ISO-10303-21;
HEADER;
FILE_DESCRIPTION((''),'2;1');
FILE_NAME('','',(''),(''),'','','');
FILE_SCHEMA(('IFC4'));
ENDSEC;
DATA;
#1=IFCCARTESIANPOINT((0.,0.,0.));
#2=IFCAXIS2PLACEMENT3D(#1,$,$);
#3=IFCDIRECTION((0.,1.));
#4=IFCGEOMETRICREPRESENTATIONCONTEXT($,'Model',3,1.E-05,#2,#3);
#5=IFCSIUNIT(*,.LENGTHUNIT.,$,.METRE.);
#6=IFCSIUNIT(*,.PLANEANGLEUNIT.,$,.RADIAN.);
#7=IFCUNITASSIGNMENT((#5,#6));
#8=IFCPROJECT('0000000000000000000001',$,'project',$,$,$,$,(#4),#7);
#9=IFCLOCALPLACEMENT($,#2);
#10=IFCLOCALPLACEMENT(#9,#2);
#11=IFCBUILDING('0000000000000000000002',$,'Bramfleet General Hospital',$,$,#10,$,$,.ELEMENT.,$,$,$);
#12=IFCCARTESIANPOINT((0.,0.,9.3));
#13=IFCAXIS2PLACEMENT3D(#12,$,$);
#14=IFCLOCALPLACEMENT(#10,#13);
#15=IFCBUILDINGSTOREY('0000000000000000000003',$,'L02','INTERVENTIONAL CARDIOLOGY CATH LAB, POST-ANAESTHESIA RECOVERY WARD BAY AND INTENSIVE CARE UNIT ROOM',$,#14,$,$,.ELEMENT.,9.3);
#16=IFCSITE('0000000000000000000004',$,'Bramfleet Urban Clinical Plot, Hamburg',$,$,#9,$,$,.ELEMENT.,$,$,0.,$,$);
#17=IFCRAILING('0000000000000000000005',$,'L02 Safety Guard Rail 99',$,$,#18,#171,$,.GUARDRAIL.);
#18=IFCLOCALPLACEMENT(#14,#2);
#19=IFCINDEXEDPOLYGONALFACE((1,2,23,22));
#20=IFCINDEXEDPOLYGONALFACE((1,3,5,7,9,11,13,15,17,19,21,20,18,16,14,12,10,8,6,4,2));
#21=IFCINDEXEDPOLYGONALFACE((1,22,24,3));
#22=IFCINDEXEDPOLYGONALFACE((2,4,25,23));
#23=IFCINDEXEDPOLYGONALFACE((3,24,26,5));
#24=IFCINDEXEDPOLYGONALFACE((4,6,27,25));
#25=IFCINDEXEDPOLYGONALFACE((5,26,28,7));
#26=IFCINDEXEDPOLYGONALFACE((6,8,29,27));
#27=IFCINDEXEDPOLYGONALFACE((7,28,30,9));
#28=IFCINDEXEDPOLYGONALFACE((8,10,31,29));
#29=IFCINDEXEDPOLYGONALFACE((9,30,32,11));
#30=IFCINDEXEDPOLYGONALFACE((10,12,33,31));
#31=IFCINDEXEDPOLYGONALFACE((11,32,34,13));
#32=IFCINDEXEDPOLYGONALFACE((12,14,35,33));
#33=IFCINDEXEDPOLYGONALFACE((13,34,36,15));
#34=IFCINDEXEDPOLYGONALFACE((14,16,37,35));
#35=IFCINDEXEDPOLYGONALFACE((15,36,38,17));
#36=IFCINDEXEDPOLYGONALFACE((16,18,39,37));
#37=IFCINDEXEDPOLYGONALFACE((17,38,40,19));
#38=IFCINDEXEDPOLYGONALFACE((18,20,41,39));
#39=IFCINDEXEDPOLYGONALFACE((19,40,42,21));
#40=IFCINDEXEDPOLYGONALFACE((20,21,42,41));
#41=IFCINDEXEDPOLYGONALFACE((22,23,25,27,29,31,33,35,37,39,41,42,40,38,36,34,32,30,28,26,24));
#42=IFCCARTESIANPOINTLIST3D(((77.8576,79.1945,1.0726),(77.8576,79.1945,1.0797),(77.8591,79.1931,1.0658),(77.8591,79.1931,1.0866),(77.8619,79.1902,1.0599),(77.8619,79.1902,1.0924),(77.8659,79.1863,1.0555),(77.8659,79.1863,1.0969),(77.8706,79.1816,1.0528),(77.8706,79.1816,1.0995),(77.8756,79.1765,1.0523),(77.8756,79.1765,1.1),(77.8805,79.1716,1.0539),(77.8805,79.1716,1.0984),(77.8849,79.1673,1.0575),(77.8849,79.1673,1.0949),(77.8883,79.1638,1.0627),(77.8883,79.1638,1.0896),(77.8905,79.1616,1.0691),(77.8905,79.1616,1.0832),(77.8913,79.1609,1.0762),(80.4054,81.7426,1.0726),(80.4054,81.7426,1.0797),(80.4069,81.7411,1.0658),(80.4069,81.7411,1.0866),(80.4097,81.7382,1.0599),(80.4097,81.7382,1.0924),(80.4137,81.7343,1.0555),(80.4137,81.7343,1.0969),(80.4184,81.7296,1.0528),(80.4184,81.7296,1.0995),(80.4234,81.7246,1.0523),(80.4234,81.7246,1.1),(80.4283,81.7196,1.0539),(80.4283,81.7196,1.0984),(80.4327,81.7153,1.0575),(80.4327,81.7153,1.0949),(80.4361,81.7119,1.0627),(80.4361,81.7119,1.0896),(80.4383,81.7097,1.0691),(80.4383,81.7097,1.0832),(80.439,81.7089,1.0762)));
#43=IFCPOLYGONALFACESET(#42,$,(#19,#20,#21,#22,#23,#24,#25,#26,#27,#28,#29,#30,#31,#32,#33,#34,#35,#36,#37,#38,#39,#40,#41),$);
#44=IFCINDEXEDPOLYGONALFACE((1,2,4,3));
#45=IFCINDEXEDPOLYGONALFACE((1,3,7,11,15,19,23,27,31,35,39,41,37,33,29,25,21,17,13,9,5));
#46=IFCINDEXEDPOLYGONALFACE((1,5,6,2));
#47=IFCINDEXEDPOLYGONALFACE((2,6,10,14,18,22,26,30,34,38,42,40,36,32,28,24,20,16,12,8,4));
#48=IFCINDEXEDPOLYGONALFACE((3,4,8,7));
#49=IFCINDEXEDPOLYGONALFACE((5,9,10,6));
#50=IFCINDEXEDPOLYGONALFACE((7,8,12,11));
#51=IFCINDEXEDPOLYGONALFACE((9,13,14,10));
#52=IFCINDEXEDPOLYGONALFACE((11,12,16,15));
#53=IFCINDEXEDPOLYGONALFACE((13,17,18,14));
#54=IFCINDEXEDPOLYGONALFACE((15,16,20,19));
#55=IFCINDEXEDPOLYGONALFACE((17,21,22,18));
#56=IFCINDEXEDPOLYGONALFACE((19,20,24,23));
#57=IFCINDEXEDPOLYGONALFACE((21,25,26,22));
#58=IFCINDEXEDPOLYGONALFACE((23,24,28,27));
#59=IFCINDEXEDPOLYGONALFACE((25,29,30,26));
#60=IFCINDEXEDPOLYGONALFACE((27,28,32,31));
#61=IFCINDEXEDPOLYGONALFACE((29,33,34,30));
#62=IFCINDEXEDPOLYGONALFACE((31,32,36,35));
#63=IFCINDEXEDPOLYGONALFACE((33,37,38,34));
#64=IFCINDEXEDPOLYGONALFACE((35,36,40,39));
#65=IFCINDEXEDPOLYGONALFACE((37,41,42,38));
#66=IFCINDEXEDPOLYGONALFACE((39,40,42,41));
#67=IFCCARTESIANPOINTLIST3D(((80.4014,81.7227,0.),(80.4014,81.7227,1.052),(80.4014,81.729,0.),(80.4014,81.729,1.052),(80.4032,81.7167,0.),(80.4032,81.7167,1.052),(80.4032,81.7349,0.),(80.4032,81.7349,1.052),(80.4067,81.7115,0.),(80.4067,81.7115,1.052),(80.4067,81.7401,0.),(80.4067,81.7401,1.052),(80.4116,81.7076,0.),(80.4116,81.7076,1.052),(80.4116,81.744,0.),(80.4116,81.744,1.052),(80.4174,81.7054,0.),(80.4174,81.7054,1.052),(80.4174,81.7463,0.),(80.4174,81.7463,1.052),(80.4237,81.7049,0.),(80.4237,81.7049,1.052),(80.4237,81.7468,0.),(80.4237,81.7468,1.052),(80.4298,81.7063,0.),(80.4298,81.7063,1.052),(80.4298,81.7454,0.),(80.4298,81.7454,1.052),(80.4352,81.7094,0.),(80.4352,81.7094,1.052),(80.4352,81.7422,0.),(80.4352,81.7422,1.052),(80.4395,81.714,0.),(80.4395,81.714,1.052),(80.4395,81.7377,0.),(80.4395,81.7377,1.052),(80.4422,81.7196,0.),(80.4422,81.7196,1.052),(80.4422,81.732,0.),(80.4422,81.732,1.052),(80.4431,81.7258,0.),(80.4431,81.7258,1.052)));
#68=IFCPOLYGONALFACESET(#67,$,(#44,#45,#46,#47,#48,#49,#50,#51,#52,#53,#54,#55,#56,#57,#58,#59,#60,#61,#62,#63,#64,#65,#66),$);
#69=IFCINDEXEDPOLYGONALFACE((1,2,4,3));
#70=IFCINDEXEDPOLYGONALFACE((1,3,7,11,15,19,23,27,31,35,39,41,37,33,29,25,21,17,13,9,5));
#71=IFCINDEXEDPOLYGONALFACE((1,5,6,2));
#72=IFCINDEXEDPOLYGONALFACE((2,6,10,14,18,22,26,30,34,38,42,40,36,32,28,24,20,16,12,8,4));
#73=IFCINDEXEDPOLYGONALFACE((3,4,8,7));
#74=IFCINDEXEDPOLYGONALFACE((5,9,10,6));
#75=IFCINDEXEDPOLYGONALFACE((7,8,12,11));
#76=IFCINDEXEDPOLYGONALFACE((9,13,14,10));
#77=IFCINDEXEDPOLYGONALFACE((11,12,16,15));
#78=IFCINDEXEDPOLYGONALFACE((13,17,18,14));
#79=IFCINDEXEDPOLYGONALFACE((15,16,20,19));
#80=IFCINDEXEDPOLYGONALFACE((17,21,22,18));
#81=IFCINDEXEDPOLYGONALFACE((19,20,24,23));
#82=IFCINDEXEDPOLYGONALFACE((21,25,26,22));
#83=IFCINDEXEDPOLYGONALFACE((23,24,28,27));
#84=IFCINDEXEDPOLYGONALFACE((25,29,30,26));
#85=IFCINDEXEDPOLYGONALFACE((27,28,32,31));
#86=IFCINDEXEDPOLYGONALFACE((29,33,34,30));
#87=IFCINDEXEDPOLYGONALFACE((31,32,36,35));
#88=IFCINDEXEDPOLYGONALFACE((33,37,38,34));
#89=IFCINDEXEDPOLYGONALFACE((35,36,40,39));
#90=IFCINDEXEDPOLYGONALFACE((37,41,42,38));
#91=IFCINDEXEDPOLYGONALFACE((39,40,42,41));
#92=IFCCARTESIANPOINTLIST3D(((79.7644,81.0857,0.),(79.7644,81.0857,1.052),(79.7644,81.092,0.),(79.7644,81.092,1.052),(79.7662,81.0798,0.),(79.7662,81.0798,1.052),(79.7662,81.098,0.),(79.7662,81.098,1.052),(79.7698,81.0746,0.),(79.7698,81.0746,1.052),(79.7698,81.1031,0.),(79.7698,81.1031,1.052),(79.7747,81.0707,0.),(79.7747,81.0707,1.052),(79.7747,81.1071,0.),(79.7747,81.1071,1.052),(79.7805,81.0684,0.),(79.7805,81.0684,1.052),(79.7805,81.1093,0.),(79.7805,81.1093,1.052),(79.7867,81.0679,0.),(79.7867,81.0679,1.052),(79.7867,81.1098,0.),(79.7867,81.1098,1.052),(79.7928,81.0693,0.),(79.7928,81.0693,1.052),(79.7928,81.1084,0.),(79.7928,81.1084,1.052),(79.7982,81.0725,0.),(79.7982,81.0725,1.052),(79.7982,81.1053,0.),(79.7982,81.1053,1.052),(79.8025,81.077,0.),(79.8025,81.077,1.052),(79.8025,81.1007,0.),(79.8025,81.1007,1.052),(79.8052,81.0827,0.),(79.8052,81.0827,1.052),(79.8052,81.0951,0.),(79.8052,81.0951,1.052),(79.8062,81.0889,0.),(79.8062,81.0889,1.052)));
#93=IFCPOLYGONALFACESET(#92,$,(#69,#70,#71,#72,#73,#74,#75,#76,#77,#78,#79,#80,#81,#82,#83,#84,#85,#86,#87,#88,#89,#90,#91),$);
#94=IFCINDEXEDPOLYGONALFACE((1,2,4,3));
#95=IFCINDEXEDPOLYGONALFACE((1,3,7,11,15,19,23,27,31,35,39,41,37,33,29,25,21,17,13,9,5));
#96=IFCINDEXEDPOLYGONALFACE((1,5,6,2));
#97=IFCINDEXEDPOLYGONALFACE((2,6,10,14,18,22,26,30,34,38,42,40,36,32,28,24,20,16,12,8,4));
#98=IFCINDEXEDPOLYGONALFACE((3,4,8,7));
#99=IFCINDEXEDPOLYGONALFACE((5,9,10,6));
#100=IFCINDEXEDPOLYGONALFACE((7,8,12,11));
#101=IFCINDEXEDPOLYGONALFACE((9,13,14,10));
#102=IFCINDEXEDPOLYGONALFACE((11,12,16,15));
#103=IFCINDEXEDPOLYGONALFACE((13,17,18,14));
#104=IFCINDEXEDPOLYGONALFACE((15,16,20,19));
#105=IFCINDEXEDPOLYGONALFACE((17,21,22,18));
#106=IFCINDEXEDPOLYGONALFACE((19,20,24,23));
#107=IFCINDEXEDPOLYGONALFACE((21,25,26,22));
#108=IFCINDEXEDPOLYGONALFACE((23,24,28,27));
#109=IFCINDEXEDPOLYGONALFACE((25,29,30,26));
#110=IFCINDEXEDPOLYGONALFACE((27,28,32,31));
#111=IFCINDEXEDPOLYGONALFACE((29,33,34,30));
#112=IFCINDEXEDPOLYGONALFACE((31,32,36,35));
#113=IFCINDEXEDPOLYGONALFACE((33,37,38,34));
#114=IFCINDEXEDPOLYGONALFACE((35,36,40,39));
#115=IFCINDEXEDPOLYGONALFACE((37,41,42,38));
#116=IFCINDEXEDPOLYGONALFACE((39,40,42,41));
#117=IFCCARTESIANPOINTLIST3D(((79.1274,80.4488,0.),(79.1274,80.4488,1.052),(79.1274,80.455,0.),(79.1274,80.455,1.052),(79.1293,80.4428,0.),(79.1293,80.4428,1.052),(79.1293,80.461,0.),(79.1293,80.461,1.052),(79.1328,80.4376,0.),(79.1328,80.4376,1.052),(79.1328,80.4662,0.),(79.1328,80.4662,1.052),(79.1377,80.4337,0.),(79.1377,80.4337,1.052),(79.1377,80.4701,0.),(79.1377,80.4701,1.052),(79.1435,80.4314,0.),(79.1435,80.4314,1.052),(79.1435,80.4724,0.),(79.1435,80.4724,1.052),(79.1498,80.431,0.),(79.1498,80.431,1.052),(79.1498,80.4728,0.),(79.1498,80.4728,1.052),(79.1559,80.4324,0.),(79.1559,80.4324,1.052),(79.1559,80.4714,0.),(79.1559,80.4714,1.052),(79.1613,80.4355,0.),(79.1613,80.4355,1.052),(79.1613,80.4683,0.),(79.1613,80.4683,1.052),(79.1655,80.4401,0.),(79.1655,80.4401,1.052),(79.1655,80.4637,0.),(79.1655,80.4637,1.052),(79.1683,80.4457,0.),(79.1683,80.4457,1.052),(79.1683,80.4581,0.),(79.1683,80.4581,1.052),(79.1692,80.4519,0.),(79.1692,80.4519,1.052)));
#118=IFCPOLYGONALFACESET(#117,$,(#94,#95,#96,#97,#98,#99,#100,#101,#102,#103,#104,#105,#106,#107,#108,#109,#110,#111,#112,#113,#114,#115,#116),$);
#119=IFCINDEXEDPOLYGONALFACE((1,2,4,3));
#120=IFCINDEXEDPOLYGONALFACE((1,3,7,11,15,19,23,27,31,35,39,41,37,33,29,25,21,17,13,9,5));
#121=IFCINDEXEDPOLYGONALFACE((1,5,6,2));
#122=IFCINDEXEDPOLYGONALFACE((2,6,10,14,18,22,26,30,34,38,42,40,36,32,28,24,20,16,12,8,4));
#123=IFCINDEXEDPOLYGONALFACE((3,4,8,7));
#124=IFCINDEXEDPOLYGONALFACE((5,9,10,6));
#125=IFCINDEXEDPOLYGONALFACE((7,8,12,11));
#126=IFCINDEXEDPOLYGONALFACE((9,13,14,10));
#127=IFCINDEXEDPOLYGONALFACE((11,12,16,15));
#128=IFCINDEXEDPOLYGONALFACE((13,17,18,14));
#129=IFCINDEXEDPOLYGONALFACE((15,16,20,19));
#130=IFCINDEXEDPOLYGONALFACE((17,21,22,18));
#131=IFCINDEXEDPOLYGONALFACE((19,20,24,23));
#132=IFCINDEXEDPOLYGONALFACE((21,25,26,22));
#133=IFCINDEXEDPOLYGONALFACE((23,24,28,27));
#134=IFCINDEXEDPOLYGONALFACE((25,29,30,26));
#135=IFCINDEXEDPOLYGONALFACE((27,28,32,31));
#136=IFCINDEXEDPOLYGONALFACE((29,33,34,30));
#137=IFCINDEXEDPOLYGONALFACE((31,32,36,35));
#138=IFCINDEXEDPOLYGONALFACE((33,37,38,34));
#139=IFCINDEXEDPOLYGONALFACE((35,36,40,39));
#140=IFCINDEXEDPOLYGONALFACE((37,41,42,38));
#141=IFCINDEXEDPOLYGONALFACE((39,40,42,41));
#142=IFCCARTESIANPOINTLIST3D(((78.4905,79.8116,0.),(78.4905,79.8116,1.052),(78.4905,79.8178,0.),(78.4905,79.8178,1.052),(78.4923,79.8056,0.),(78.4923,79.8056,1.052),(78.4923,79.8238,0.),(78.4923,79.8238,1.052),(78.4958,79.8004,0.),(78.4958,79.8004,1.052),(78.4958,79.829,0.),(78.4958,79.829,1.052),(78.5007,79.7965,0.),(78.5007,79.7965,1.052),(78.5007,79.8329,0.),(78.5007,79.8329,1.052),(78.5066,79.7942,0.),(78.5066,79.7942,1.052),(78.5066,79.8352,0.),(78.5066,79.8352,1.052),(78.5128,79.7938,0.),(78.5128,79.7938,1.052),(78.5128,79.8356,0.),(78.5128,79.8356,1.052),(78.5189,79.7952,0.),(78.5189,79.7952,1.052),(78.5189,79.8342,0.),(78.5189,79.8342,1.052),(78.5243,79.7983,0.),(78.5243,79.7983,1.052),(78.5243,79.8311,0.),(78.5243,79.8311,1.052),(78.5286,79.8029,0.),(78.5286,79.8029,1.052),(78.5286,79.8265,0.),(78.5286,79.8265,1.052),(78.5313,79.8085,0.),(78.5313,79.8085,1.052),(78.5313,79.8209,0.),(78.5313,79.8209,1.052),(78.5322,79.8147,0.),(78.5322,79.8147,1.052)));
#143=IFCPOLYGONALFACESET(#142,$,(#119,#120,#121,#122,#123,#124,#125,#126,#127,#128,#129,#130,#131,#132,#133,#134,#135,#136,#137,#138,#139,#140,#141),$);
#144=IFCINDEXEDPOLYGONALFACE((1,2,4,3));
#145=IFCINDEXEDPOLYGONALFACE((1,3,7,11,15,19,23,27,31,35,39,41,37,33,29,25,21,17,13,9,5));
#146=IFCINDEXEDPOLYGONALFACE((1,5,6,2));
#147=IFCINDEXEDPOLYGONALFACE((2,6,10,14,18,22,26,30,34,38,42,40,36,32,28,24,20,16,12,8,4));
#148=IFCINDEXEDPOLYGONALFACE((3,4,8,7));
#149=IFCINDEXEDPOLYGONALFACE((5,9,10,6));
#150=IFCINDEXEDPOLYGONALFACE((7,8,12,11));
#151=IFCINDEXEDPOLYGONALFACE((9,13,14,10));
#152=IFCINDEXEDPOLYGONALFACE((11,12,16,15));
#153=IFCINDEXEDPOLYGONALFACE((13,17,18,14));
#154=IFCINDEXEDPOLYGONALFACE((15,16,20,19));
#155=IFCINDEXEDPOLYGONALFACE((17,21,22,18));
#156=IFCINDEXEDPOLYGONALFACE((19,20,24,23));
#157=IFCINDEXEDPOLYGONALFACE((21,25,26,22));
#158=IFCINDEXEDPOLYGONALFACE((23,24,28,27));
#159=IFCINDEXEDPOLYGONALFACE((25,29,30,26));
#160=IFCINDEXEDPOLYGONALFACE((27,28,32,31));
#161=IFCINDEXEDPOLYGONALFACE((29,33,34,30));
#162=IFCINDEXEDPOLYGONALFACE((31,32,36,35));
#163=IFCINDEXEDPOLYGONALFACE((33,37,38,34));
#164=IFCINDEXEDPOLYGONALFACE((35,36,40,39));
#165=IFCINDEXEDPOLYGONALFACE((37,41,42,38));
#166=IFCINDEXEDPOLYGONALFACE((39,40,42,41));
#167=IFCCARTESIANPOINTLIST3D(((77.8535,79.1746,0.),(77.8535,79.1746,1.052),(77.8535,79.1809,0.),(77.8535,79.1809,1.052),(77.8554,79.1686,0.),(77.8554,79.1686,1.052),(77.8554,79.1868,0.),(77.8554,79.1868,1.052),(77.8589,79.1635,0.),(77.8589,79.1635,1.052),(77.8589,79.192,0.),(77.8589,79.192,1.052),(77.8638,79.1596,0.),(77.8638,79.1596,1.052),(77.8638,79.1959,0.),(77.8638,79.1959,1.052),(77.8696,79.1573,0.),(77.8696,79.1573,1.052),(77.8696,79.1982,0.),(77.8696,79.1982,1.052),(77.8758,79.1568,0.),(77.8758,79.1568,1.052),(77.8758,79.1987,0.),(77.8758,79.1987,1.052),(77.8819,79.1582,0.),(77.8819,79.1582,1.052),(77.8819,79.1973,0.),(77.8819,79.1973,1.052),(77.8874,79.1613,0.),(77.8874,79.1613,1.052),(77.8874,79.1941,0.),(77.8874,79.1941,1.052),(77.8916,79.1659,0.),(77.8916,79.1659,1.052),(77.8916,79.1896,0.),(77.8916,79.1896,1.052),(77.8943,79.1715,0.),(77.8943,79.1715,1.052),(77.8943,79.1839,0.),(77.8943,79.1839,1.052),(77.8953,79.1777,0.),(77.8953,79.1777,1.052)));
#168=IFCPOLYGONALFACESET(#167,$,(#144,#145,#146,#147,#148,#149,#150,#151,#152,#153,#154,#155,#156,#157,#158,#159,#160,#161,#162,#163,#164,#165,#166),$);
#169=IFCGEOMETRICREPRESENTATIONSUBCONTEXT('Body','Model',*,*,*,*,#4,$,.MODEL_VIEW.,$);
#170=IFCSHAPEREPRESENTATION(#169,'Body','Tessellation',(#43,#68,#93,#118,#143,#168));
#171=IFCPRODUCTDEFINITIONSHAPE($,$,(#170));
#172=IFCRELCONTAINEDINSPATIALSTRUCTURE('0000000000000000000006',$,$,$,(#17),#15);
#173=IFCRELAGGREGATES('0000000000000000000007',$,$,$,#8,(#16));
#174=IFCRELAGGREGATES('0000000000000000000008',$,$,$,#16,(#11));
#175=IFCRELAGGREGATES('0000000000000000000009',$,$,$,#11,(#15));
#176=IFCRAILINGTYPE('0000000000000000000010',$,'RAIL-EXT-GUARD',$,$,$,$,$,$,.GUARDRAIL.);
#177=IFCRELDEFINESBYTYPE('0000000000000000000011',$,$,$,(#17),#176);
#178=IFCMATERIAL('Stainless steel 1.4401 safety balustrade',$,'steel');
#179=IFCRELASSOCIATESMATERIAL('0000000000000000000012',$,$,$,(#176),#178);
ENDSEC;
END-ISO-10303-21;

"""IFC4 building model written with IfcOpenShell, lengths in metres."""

from ifc_helpers import new_model, si_unit, direction, frame, origin, origin_2d, place, context, subcontext, project, spatial, circle, extrude, material, type_object, element, save


model = new_model("IFC4")

# Units and contexts
model_context = context("Model", 3, precision=1e-05, world=origin(), true_north=direction((0.0, 1.0)))
body_context = subcontext(model_context, "Body", "Model", "MODEL_VIEW")
ifc_project = project(units=[si_unit("LENGTHUNIT", "METRE"), si_unit("PLANEANGLEUNIT", "RADIAN")], contexts=[model_context])

# Site, building, storey
site_placement = place(None, origin())
site = spatial("IfcSite", under=ifc_project, at=site_placement, Name="Bramfleet Urban Clinical Plot, Hamburg", CompositionType="ELEMENT", RefElevation=0.0)
building_placement = place(site_placement, origin())
building = spatial("IfcBuilding", under=site, at=building_placement, Name="Bramfleet General Hospital", CompositionType="ELEMENT")
storey_placement = place(building_placement, frame((0.0, 0.0, 9.3)))
storey = spatial("IfcBuildingStorey", under=building, at=storey_placement, Name="L02", Description="INTERVENTIONAL CARDIOLOGY CATH LAB, POST-ANAESTHESIA RECOVERY WARD BAY AND INTENSIVE CARE UNIT ROOM", CompositionType="ELEMENT", Elevation=9.3)

# Railing
ifc_material_1 = material(Name="Stainless steel 1.4401 safety balustrade", Category="steel")
railing_type = type_object("IfcRailingType", Name="RAIL-EXT-GUARD", PredefinedType="GUARDRAIL", material=ifc_material_1)
railing_placement = place(storey_placement, frame((80.4221, 81.7258, 0.0)))
element("IfcRailing", 1, at=railing_placement, inside=storey, type_object=railing_type, Name="L02 Safety Guard Rail 99", PredefinedType="GUARDRAIL", context=body_context, shape_type="SweptSolid", body=[
    extrude(circle(Radius=0.0239, at=origin_2d()), frame((0.0, 0.0, 1.0762), z_axis=(-0.707073, -0.707141, 0.0), x_axis=(0.707141, -0.707073, 0.0)), (0.0, 0.0, 1.0), 3.6033),
    extrude(circle(Radius=0.021, at=origin_2d()), origin(), (0.0, 0.0, 1.0), 1.052),
    extrude(circle(Radius=0.021, at=origin_2d()), frame((-0.637, -0.637, 0.0)), (0.0, 0.0, 1.0), 1.052),
    extrude(circle(Radius=0.021, at=origin_2d()), frame((-1.2739, -1.2739, 0.0)), (0.0, 0.0, 1.0), 1.052),
    extrude(circle(Radius=0.021, at=origin_2d()), frame((-1.9109, -1.9111, 0.0)), (0.0, 0.0, 1.0), 1.052),
    extrude(circle(Radius=0.021, at=origin_2d()), frame((-2.5479, -2.5481, 0.0)), (0.0, 0.0, 1.0), 1.052),
])

save(model, "model.ifc")
